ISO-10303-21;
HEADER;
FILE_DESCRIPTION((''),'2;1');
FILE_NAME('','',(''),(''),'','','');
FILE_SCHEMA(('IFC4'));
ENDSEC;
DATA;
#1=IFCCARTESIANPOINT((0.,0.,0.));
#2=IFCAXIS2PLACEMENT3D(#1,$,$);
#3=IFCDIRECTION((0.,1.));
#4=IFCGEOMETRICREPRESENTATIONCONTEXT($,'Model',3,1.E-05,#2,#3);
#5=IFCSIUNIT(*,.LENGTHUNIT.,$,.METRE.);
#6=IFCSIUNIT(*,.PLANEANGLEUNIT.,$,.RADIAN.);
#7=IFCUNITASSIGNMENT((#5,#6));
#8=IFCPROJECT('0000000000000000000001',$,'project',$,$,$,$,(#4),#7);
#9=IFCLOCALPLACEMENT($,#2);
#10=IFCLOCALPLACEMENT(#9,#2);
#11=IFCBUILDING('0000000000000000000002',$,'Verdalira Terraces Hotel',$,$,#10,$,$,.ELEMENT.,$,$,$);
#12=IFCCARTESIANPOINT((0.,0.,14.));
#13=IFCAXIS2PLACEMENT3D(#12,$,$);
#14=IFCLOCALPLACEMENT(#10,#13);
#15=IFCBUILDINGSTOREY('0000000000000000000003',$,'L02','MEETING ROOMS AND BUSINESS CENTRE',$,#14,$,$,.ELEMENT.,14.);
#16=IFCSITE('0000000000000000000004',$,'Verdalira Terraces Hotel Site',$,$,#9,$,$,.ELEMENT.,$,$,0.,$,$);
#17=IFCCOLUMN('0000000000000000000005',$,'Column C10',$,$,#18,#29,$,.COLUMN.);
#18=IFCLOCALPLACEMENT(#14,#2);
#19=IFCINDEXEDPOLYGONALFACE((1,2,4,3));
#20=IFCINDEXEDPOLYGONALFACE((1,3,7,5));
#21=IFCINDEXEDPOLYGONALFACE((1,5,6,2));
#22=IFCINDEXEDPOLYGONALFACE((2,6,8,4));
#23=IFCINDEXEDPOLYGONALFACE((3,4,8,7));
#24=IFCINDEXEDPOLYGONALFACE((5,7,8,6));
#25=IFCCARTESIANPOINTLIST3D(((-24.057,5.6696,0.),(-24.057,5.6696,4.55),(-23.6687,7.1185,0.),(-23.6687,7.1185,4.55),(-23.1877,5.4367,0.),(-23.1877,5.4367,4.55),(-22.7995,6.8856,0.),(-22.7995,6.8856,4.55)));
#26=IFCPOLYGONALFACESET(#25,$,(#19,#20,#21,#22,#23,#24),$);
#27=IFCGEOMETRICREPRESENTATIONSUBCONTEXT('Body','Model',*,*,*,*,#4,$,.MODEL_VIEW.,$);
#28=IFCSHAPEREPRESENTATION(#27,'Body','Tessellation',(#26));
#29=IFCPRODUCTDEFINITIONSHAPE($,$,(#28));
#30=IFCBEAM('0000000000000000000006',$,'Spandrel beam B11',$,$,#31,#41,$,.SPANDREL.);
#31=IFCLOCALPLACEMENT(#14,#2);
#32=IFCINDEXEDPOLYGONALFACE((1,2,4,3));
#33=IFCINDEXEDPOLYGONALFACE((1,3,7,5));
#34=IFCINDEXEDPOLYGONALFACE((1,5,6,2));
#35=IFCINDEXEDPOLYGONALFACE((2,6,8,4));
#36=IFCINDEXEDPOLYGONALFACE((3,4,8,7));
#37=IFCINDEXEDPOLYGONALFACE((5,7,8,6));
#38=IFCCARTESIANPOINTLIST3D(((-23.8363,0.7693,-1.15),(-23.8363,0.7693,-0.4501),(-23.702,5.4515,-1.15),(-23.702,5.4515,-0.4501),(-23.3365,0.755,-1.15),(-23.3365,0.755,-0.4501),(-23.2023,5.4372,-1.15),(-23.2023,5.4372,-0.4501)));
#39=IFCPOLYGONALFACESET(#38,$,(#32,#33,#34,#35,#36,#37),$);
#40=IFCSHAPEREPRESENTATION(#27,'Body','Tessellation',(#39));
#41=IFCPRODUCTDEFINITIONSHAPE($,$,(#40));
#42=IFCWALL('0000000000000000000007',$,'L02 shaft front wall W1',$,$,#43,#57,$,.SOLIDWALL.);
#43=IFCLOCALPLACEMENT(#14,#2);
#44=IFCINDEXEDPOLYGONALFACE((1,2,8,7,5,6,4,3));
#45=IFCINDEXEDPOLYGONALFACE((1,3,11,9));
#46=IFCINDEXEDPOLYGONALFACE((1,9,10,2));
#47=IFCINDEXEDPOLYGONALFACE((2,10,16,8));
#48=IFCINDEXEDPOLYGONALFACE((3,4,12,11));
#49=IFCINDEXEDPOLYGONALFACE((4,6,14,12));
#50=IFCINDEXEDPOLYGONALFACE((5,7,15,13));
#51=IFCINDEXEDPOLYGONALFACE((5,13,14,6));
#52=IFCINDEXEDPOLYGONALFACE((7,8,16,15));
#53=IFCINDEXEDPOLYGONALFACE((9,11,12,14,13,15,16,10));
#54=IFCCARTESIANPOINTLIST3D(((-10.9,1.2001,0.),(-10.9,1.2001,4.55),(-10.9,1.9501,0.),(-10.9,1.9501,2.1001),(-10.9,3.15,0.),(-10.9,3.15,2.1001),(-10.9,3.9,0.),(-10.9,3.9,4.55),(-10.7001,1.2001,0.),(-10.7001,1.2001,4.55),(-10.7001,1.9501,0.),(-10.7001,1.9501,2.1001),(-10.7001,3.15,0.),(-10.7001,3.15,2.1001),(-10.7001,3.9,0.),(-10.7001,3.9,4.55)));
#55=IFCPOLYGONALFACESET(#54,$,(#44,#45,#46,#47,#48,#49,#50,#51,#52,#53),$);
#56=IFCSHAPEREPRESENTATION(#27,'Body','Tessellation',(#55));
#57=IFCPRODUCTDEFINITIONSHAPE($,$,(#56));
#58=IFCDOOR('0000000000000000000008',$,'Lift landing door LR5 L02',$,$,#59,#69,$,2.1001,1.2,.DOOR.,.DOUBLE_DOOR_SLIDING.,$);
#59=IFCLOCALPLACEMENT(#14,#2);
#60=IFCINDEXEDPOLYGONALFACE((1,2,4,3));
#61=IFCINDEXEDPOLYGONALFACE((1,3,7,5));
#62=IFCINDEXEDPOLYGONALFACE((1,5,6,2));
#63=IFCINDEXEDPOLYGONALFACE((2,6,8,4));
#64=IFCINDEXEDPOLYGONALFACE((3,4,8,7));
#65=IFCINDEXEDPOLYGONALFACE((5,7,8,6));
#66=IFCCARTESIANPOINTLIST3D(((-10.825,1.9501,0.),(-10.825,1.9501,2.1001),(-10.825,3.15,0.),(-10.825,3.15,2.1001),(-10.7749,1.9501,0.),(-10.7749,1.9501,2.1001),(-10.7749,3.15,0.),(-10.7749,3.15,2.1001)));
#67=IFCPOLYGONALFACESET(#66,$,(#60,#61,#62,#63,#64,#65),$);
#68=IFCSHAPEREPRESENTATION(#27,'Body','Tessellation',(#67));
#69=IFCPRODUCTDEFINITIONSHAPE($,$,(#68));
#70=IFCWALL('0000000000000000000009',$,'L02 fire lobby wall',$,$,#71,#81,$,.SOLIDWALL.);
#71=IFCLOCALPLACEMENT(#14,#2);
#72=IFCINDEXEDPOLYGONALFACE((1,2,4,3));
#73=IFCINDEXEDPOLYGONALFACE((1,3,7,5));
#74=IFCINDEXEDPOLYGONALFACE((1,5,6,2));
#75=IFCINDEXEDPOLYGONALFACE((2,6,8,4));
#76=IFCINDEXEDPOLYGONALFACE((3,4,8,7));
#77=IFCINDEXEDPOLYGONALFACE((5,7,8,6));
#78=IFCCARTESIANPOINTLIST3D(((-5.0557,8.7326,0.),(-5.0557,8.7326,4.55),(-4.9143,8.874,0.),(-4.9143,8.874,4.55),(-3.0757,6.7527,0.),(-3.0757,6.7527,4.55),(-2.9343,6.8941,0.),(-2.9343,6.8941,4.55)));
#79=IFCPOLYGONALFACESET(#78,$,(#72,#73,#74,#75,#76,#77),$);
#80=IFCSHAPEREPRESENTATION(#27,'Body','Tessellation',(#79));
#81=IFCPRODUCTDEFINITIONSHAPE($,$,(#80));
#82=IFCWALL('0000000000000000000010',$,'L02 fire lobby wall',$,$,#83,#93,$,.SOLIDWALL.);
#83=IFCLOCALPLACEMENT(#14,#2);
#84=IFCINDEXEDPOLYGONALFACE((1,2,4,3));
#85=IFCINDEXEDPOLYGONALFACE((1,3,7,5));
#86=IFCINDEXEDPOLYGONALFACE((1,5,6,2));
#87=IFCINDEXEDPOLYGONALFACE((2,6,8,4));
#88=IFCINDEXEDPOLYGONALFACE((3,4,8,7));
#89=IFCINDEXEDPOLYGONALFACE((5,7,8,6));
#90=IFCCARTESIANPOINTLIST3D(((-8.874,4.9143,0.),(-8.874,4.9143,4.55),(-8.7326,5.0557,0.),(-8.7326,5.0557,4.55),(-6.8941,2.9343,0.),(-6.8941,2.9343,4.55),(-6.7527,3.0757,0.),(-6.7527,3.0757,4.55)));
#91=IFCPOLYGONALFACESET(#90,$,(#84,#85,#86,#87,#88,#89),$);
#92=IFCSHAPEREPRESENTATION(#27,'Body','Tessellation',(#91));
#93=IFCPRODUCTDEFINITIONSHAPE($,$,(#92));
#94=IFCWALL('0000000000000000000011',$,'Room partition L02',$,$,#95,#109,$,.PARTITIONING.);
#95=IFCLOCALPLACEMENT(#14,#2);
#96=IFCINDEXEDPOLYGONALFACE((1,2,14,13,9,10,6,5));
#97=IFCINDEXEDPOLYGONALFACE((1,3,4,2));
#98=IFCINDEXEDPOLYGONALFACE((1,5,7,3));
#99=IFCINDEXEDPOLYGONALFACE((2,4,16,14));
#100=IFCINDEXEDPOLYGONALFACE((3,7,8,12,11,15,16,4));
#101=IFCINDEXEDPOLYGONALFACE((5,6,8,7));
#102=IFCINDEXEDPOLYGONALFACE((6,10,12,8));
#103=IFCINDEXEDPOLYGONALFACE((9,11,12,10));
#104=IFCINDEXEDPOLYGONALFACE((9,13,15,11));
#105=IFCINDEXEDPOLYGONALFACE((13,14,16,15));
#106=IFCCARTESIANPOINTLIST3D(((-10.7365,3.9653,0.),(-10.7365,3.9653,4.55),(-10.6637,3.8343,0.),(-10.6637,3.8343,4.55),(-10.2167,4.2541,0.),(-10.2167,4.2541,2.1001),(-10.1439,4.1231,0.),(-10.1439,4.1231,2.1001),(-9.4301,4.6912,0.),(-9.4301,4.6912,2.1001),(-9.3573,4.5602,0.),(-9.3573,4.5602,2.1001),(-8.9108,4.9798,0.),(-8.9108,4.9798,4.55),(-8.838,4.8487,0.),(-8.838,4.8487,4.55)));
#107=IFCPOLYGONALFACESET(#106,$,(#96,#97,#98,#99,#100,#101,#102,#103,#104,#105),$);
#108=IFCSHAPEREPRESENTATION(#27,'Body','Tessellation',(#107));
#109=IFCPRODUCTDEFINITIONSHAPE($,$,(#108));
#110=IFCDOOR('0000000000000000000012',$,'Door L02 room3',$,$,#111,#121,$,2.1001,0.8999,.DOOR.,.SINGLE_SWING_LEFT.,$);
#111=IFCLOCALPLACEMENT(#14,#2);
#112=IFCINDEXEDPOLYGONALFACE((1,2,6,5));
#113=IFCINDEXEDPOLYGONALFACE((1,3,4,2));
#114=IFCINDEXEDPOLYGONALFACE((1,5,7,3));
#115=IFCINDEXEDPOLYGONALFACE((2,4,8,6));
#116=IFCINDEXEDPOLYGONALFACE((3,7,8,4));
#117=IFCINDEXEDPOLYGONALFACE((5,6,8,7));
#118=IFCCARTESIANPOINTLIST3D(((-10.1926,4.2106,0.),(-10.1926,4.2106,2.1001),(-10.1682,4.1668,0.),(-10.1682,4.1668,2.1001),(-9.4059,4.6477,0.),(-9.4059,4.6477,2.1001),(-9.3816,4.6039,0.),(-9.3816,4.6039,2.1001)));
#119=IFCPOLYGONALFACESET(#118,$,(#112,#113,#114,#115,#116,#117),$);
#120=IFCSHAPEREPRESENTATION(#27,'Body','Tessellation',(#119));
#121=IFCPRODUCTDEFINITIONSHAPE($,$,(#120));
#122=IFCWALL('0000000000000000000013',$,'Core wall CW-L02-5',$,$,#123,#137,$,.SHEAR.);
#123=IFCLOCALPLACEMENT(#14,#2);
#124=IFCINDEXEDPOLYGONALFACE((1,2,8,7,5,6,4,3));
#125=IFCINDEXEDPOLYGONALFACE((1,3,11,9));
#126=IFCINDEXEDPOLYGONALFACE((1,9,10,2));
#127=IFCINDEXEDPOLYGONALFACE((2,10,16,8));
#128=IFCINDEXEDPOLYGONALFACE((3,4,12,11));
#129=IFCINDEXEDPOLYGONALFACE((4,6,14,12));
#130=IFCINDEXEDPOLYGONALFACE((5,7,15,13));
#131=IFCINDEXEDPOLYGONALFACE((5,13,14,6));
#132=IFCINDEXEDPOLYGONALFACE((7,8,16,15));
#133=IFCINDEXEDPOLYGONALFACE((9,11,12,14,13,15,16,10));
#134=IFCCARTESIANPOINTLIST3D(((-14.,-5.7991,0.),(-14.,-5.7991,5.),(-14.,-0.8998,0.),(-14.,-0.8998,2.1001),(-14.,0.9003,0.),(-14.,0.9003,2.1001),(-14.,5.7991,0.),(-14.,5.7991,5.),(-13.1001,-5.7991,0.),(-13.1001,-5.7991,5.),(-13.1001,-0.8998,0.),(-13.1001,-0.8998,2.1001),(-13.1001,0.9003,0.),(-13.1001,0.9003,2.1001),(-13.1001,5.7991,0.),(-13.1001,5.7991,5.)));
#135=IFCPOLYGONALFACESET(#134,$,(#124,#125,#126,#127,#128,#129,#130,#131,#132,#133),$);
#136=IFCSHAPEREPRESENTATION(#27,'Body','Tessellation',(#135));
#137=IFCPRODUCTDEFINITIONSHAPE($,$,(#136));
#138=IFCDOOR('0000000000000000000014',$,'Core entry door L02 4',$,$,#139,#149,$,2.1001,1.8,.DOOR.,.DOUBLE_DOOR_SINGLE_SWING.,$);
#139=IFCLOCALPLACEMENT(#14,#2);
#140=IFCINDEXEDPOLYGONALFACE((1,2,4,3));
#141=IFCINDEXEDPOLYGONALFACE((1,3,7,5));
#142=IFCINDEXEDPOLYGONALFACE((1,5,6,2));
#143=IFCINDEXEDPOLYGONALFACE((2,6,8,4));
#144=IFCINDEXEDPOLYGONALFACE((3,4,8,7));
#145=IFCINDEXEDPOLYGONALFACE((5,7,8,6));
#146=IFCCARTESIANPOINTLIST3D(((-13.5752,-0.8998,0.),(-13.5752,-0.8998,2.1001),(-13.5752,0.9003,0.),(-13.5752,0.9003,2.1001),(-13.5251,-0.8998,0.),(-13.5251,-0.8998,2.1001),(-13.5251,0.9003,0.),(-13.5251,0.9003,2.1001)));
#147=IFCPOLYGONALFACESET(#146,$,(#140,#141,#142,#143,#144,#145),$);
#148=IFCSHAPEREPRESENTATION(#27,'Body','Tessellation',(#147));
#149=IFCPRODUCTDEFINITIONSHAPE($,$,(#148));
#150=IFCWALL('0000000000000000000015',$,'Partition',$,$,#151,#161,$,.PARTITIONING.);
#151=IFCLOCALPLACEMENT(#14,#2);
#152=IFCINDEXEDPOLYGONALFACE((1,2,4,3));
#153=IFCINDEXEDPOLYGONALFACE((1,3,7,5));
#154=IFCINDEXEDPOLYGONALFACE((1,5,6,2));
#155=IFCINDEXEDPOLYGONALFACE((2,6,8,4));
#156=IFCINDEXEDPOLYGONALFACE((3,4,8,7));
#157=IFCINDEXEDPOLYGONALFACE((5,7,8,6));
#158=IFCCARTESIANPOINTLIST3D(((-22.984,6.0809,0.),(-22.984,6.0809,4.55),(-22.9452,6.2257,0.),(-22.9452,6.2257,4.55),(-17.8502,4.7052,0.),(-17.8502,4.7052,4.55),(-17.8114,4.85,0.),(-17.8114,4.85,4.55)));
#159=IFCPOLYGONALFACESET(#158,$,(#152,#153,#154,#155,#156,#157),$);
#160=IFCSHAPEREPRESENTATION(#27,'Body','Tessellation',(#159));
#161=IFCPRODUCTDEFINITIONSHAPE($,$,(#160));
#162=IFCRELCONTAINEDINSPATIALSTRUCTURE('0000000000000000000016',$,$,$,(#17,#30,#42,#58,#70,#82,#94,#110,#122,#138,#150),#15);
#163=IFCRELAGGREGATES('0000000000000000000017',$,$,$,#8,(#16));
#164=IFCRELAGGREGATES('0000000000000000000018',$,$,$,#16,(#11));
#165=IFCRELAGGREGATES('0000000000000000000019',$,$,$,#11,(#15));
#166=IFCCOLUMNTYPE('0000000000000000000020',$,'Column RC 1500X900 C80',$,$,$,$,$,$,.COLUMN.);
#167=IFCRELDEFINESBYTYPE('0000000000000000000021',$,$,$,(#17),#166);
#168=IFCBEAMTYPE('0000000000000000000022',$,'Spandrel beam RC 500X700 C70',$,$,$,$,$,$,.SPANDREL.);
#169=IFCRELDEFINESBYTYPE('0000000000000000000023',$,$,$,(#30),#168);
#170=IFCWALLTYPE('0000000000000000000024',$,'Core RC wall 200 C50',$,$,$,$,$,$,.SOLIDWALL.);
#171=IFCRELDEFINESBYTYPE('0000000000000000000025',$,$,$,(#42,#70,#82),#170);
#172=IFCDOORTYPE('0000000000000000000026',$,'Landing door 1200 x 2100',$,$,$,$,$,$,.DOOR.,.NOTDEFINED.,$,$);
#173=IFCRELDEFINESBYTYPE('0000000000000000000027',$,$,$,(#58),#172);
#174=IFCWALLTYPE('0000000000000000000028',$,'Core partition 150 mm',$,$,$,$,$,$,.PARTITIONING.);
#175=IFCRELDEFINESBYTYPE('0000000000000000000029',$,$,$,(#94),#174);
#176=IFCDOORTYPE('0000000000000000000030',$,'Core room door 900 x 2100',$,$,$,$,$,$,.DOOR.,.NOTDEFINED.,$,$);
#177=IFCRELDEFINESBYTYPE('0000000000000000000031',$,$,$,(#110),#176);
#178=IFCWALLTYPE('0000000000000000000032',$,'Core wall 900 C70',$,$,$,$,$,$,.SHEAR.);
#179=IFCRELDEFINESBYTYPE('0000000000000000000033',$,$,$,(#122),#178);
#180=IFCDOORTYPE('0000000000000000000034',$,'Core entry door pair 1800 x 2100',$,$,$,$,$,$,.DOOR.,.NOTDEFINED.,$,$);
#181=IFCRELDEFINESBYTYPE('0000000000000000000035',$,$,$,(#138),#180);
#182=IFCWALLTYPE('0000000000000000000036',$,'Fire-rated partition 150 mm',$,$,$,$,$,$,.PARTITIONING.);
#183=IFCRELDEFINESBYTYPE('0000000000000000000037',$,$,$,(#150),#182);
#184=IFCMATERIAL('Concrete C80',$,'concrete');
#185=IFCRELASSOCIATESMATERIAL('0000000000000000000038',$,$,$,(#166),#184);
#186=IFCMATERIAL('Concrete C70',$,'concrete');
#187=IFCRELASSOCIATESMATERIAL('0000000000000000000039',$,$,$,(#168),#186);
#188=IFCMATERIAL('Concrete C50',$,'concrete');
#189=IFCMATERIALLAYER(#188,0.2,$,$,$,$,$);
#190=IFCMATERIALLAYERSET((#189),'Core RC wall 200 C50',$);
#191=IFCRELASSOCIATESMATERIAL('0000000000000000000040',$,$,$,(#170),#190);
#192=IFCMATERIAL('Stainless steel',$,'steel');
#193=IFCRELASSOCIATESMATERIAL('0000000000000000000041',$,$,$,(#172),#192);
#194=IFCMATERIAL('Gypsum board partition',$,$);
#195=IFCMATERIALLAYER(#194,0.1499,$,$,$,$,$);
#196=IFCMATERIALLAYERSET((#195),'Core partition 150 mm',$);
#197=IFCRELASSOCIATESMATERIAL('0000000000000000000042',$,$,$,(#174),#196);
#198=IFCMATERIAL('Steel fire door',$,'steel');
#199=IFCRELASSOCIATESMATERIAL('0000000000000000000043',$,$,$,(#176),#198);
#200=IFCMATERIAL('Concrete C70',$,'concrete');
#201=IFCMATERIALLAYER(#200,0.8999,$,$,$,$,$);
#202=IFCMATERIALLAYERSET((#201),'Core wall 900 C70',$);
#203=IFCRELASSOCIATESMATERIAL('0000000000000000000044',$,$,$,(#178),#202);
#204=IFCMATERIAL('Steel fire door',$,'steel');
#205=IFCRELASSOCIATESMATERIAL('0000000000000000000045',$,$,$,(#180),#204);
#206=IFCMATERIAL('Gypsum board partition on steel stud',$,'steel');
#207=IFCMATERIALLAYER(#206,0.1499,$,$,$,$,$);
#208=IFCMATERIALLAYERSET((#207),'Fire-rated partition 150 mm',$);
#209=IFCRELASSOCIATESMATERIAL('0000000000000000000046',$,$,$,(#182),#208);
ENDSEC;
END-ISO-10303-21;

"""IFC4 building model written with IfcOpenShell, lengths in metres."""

from ifc_helpers import new_model, si_unit, direction, frame, frame_2d, origin, origin_2d, place, context, subcontext, project, spatial, rectangle, extrude, material, layer, layer_set, material_profile, profile_set, type_object, element, fill, save


model = new_model("IFC4")

# Units and contexts
model_context = context("Model", 3, precision=1e-05, world=origin(), true_north=direction((0.0, 1.0)))
body_context = subcontext(model_context, "Body", "Model", "MODEL_VIEW")
ifc_project = project(units=[si_unit("LENGTHUNIT", "METRE"), si_unit("PLANEANGLEUNIT", "RADIAN")], contexts=[model_context])

# Site, building, storey
site_placement = place(None, origin())
site = spatial("IfcSite", under=ifc_project, at=site_placement, Name="Verdalira Terraces Hotel Site", CompositionType="ELEMENT", RefElevation=0.0)
building_placement = place(site_placement, origin())
building = spatial("IfcBuilding", under=site, at=building_placement, Name="Verdalira Terraces Hotel", CompositionType="ELEMENT")
storey_placement = place(building_placement, frame((0.0, 0.0, 14.0)))
storey = spatial("IfcBuildingStorey", under=building, at=storey_placement, Name="L02", Description="MEETING ROOMS AND BUSINESS CENTRE", CompositionType="ELEMENT", Elevation=14.0)

# Column
ifc_material_1 = material(Name="Concrete C80", Category="concrete")
ifc_material_profile_1 = material_profile(ifc_material_1, rectangle(XDim=1.5, YDim=0.8999, at=origin_2d()), Name="RC 1500X900")
ifc_profile_set_1 = profile_set([ifc_material_profile_1], Name="Concrete C80")
column_type = type_object("IfcColumnType", Name="Column RC 1500X900 C80", PredefinedType="COLUMN", material=ifc_profile_set_1)
column_placement = place(storey_placement, frame((-23.4282, 6.2776, 0.0), z_axis=(0.0, 0.0, 1.0), x_axis=(0.258819, 0.965926, 0.0)))
element("IfcColumn", 1, at=column_placement, inside=storey, type_object=column_type, Name="Column C10", PredefinedType="COLUMN", context=body_context, shape_type="SweptSolid", body=[
    extrude(rectangle(XDim=1.5, YDim=0.8999, at=origin_2d()), origin(), (0.0, 0.0, 1.0), 4.55),
])

# Beam
ifc_material_2 = material(Name="Concrete C70", Category="concrete")
ifc_material_profile_2 = material_profile(ifc_material_2, rectangle(XDim=0.5, YDim=0.7, at=origin_2d()), Name="RC 500X700")
ifc_profile_set_2 = profile_set([ifc_material_profile_2], Name="Concrete C70")
beam_type = type_object("IfcBeamType", Name="Spandrel beam RC 500X700 C70", PredefinedType="SPANDREL", material=ifc_profile_set_2)
beam_placement = place(storey_placement, frame((-23.4521, 5.4443, -0.8), z_axis=(-0.028667, -0.999589, 0.0), x_axis=(0.999589, -0.028667, 0.0)))
element("IfcBeam", 2, at=beam_placement, inside=storey, type_object=beam_type, Name="Spandrel beam B11", PredefinedType="SPANDREL", context=body_context, shape_type="SweptSolid", body=[
    extrude(rectangle(XDim=0.5, YDim=0.7, at=origin_2d()), origin(), (0.0, 0.0, 1.0), 4.6841),
])

# Wall, opening, door
ifc_material_3 = material(Name="Concrete C50", Category="concrete")
ifc_layer_1 = layer(ifc_material_3, 0.2)
ifc_layer_set_1 = layer_set([ifc_layer_1], Name="Core RC wall 200 C50")
wall_type_1 = type_object("IfcWallType", Name="Core RC wall 200 C50", PredefinedType="SOLIDWALL", material=ifc_layer_set_1)
wall_1_placement = place(storey_placement, frame((-10.8, 1.2, 0.0), z_axis=(0.0, 0.0, 1.0), x_axis=(0.0, 1.0, 0.0)))
wall_1 = element("IfcWall", 3, at=wall_1_placement, inside=storey, type_object=wall_type_1, Name="L02 shaft front wall W1", PredefinedType="SOLIDWALL", context=body_context, shape_type="SweptSolid", body=[
    extrude(rectangle(XDim=2.7, YDim=0.2, at=frame_2d((1.3501, 0.0))), origin(), (0.0, 0.0, 1.0), 4.55),
])
opening_1_placement = place(wall_1_placement, frame((0.75, 0.0, 0.0)))
opening_1 = element("IfcOpeningElement", 4, at=opening_1_placement, cuts=wall_1, PredefinedType="OPENING", context=body_context, shape_type="SweptSolid", body=[
    extrude(rectangle(XDim=1.2, YDim=2.1001, at=frame_2d((0.6001, 1.05))), frame((0.0, 0.1099, 0.0), z_axis=(0.0, -1.0, 0.0), x_axis=(1.0, 0.0, 0.0)), (0.0, 0.0, 1.0), 0.22),
])
ifc_material_4 = material(Name="Stainless steel", Category="steel")
door_type_1 = type_object("IfcDoorType", Name="Landing door 1200 x 2100", OperationType="NOTDEFINED", PredefinedType="DOOR", material=ifc_material_4)
door_1_placement = place(opening_1_placement, origin())
door_1 = element("IfcDoor", 5, at=door_1_placement, inside=storey, type_object=door_type_1, Name="Lift landing door LR5 L02", OperationType="DOUBLE_DOOR_SLIDING", OverallHeight=2.1001, OverallWidth=1.2, PredefinedType="DOOR", context=body_context, shape_type="SweptSolid", body=[
    extrude(rectangle(XDim=1.2, YDim=2.1001, at=frame_2d((0.6001, 1.05))), frame((0.0, 0.0249, 0.0), z_axis=(0.0, -1.0, 0.0), x_axis=(1.0, 0.0, 0.0)), (0.0, 0.0, 1.0), 0.05),
])
fill(opening_1, door_1)

# Walls
for number, where, z_axis, x_axis, name in (
    (6, (-3.0051, 6.8235, 0.0), (0.0, 0.0, 1.0), (-0.707107, 0.707107, 0.0), "L02 fire lobby wall"),
    (7, (-6.8235, 3.0051, 0.0), (0.0, 0.0, 1.0), (-0.707107, 0.707107, 0.0), "L02 fire lobby wall"),
):
    element("IfcWall", number, at=place(storey_placement, frame(where, z_axis=z_axis, x_axis=x_axis)), inside=storey, type_object=wall_type_1, Name=name, PredefinedType="SOLIDWALL", context=body_context, shape_type="SweptSolid", body=[
        extrude(rectangle(XDim=2.8, YDim=0.2, at=frame_2d((1.3999, 0.0))), origin(), (0.0, 0.0, 1.0), 4.55),
    ])

# Walls, openings, doors
ifc_material_5 = material(Name="Gypsum board partition")
ifc_layer_2 = layer(ifc_material_5, 0.1499)
ifc_layer_set_2 = layer_set([ifc_layer_2], Name="Core partition 150 mm")
wall_type_2 = type_object("IfcWallType", Name="Core partition 150 mm", PredefinedType="PARTITIONING", material=ifc_layer_set_2)
wall_2_placement = place(storey_placement, frame((-8.8743, 4.9143, 0.0), z_axis=(0.0, 0.0, 1.0), x_axis=(-0.87413, -0.485693, 0.0)))
wall_2 = element("IfcWall", 8, at=wall_2_placement, inside=storey, type_object=wall_type_2, Name="Room partition L02", PredefinedType="PARTITIONING", context=body_context, shape_type="SweptSolid", body=[
    extrude(rectangle(XDim=2.0886, YDim=0.1499, at=frame_2d((1.0444, 0.0))), origin(), (0.0, 0.0, 1.0), 4.55),
])
opening_2_placement = place(wall_2_placement, frame((0.5942, 0.0, 0.0)))
opening_2 = element("IfcOpeningElement", 9, at=opening_2_placement, cuts=wall_2, PredefinedType="OPENING", context=body_context, shape_type="SweptSolid", body=[
    extrude(rectangle(XDim=0.8999, YDim=2.1001, at=frame_2d((0.45, 1.05))), frame((0.0, 0.085, 0.0), z_axis=(0.0, -1.0, 0.0), x_axis=(1.0, 0.0, 0.0)), (0.0, 0.0, 1.0), 0.1699),
])
ifc_material_6 = material(Name="Steel fire door", Category="steel")
door_type_2 = type_object("IfcDoorType", Name="Core room door 900 x 2100", OperationType="NOTDEFINED", PredefinedType="DOOR", material=ifc_material_6)
door_2_placement = place(opening_2_placement, origin())
door_2 = element("IfcDoor", 10, at=door_2_placement, inside=storey, type_object=door_type_2, Name="Door L02 room3", OperationType="SINGLE_SWING_LEFT", OverallHeight=2.1001, OverallWidth=0.8999, PredefinedType="DOOR", context=body_context, shape_type="SweptSolid", body=[
    extrude(rectangle(XDim=0.8999, YDim=2.1001, at=frame_2d((0.45, 1.05))), frame((0.0, 0.0249, 0.0), z_axis=(0.0, -1.0, 0.0), x_axis=(1.0, 0.0, 0.0)), (0.0, 0.0, 1.0), 0.05),
])
fill(opening_2, door_2)
ifc_material_7 = material(Name="Concrete C70", Category="concrete")
ifc_layer_3 = layer(ifc_material_7, 0.8999)
ifc_layer_set_3 = layer_set([ifc_layer_3], Name="Core wall 900 C70")
wall_type_3 = type_object("IfcWallType", Name="Core wall 900 C70", PredefinedType="SHEAR", material=ifc_layer_set_3)
wall_3_placement = place(storey_placement, frame((-13.55, 5.7991, 0.0), z_axis=(0.0, 0.0, 1.0), x_axis=(0.0, -1.0, 0.0)))
wall_3 = element("IfcWall", 11, at=wall_3_placement, inside=storey, type_object=wall_type_3, Name="Core wall CW-L02-5", PredefinedType="SHEAR", context=body_context, shape_type="SweptSolid", body=[
    extrude(rectangle(XDim=11.5981, YDim=0.8999, at=frame_2d((5.7991, 0.0))), origin(), (0.0, 0.0, 1.0), 5.0),
])
opening_3_placement = place(wall_3_placement, frame((4.8989, 0.0, 0.0)))
opening_3 = element("IfcOpeningElement", 12, at=opening_3_placement, cuts=wall_3, PredefinedType="OPENING", context=body_context, shape_type="SweptSolid", body=[
    extrude(rectangle(XDim=1.8, YDim=2.1001, at=frame_2d((0.8999, 1.05))), frame((0.0, 0.46, 0.0), z_axis=(0.0, -1.0, 0.0), x_axis=(1.0, 0.0, 0.0)), (0.0, 0.0, 1.0), 0.9199),
])
ifc_material_8 = material(Name="Steel fire door", Category="steel")
door_type_3 = type_object("IfcDoorType", Name="Core entry door pair 1800 x 2100", OperationType="NOTDEFINED", PredefinedType="DOOR", material=ifc_material_8)
door_3_placement = place(opening_3_placement, origin())
door_3 = element("IfcDoor", 13, at=door_3_placement, inside=storey, type_object=door_type_3, Name="Core entry door L02 4", OperationType="DOUBLE_DOOR_SINGLE_SWING", OverallHeight=2.1001, OverallWidth=1.8, PredefinedType="DOOR", context=body_context, shape_type="SweptSolid", body=[
    extrude(rectangle(XDim=1.8, YDim=2.1001, at=frame_2d((0.8999, 1.05))), frame((0.0, 0.0249, 0.0), z_axis=(0.0, -1.0, 0.0), x_axis=(1.0, 0.0, 0.0)), (0.0, 0.0, 1.0), 0.05),
])
fill(opening_3, door_3)

# Wall
ifc_material_9 = material(Name="Gypsum board partition on steel stud", Category="steel")
ifc_layer_4 = layer(ifc_material_9, 0.1499)
ifc_layer_set_4 = layer_set([ifc_layer_4], Name="Fire-rated partition 150 mm")
wall_type_4 = type_object("IfcWallType", Name="Fire-rated partition 150 mm", PredefinedType="PARTITIONING", material=ifc_layer_set_4)
wall_4_placement = place(storey_placement, frame((-22.9646, 6.1533, 0.0), z_axis=(0.0, 0.0, 1.0), x_axis=(0.965919, -0.258843, 0.0)))
element("IfcWall", 14, at=wall_4_placement, inside=storey, type_object=wall_type_4, Name="Partition", PredefinedType="PARTITIONING", context=body_context, shape_type="SweptSolid", body=[
    extrude(rectangle(XDim=5.3149, YDim=0.1499, at=frame_2d((2.6575, 0.0))), origin(), (0.0, 0.0, 1.0), 4.55),
])

save(model, "model.ifc")
